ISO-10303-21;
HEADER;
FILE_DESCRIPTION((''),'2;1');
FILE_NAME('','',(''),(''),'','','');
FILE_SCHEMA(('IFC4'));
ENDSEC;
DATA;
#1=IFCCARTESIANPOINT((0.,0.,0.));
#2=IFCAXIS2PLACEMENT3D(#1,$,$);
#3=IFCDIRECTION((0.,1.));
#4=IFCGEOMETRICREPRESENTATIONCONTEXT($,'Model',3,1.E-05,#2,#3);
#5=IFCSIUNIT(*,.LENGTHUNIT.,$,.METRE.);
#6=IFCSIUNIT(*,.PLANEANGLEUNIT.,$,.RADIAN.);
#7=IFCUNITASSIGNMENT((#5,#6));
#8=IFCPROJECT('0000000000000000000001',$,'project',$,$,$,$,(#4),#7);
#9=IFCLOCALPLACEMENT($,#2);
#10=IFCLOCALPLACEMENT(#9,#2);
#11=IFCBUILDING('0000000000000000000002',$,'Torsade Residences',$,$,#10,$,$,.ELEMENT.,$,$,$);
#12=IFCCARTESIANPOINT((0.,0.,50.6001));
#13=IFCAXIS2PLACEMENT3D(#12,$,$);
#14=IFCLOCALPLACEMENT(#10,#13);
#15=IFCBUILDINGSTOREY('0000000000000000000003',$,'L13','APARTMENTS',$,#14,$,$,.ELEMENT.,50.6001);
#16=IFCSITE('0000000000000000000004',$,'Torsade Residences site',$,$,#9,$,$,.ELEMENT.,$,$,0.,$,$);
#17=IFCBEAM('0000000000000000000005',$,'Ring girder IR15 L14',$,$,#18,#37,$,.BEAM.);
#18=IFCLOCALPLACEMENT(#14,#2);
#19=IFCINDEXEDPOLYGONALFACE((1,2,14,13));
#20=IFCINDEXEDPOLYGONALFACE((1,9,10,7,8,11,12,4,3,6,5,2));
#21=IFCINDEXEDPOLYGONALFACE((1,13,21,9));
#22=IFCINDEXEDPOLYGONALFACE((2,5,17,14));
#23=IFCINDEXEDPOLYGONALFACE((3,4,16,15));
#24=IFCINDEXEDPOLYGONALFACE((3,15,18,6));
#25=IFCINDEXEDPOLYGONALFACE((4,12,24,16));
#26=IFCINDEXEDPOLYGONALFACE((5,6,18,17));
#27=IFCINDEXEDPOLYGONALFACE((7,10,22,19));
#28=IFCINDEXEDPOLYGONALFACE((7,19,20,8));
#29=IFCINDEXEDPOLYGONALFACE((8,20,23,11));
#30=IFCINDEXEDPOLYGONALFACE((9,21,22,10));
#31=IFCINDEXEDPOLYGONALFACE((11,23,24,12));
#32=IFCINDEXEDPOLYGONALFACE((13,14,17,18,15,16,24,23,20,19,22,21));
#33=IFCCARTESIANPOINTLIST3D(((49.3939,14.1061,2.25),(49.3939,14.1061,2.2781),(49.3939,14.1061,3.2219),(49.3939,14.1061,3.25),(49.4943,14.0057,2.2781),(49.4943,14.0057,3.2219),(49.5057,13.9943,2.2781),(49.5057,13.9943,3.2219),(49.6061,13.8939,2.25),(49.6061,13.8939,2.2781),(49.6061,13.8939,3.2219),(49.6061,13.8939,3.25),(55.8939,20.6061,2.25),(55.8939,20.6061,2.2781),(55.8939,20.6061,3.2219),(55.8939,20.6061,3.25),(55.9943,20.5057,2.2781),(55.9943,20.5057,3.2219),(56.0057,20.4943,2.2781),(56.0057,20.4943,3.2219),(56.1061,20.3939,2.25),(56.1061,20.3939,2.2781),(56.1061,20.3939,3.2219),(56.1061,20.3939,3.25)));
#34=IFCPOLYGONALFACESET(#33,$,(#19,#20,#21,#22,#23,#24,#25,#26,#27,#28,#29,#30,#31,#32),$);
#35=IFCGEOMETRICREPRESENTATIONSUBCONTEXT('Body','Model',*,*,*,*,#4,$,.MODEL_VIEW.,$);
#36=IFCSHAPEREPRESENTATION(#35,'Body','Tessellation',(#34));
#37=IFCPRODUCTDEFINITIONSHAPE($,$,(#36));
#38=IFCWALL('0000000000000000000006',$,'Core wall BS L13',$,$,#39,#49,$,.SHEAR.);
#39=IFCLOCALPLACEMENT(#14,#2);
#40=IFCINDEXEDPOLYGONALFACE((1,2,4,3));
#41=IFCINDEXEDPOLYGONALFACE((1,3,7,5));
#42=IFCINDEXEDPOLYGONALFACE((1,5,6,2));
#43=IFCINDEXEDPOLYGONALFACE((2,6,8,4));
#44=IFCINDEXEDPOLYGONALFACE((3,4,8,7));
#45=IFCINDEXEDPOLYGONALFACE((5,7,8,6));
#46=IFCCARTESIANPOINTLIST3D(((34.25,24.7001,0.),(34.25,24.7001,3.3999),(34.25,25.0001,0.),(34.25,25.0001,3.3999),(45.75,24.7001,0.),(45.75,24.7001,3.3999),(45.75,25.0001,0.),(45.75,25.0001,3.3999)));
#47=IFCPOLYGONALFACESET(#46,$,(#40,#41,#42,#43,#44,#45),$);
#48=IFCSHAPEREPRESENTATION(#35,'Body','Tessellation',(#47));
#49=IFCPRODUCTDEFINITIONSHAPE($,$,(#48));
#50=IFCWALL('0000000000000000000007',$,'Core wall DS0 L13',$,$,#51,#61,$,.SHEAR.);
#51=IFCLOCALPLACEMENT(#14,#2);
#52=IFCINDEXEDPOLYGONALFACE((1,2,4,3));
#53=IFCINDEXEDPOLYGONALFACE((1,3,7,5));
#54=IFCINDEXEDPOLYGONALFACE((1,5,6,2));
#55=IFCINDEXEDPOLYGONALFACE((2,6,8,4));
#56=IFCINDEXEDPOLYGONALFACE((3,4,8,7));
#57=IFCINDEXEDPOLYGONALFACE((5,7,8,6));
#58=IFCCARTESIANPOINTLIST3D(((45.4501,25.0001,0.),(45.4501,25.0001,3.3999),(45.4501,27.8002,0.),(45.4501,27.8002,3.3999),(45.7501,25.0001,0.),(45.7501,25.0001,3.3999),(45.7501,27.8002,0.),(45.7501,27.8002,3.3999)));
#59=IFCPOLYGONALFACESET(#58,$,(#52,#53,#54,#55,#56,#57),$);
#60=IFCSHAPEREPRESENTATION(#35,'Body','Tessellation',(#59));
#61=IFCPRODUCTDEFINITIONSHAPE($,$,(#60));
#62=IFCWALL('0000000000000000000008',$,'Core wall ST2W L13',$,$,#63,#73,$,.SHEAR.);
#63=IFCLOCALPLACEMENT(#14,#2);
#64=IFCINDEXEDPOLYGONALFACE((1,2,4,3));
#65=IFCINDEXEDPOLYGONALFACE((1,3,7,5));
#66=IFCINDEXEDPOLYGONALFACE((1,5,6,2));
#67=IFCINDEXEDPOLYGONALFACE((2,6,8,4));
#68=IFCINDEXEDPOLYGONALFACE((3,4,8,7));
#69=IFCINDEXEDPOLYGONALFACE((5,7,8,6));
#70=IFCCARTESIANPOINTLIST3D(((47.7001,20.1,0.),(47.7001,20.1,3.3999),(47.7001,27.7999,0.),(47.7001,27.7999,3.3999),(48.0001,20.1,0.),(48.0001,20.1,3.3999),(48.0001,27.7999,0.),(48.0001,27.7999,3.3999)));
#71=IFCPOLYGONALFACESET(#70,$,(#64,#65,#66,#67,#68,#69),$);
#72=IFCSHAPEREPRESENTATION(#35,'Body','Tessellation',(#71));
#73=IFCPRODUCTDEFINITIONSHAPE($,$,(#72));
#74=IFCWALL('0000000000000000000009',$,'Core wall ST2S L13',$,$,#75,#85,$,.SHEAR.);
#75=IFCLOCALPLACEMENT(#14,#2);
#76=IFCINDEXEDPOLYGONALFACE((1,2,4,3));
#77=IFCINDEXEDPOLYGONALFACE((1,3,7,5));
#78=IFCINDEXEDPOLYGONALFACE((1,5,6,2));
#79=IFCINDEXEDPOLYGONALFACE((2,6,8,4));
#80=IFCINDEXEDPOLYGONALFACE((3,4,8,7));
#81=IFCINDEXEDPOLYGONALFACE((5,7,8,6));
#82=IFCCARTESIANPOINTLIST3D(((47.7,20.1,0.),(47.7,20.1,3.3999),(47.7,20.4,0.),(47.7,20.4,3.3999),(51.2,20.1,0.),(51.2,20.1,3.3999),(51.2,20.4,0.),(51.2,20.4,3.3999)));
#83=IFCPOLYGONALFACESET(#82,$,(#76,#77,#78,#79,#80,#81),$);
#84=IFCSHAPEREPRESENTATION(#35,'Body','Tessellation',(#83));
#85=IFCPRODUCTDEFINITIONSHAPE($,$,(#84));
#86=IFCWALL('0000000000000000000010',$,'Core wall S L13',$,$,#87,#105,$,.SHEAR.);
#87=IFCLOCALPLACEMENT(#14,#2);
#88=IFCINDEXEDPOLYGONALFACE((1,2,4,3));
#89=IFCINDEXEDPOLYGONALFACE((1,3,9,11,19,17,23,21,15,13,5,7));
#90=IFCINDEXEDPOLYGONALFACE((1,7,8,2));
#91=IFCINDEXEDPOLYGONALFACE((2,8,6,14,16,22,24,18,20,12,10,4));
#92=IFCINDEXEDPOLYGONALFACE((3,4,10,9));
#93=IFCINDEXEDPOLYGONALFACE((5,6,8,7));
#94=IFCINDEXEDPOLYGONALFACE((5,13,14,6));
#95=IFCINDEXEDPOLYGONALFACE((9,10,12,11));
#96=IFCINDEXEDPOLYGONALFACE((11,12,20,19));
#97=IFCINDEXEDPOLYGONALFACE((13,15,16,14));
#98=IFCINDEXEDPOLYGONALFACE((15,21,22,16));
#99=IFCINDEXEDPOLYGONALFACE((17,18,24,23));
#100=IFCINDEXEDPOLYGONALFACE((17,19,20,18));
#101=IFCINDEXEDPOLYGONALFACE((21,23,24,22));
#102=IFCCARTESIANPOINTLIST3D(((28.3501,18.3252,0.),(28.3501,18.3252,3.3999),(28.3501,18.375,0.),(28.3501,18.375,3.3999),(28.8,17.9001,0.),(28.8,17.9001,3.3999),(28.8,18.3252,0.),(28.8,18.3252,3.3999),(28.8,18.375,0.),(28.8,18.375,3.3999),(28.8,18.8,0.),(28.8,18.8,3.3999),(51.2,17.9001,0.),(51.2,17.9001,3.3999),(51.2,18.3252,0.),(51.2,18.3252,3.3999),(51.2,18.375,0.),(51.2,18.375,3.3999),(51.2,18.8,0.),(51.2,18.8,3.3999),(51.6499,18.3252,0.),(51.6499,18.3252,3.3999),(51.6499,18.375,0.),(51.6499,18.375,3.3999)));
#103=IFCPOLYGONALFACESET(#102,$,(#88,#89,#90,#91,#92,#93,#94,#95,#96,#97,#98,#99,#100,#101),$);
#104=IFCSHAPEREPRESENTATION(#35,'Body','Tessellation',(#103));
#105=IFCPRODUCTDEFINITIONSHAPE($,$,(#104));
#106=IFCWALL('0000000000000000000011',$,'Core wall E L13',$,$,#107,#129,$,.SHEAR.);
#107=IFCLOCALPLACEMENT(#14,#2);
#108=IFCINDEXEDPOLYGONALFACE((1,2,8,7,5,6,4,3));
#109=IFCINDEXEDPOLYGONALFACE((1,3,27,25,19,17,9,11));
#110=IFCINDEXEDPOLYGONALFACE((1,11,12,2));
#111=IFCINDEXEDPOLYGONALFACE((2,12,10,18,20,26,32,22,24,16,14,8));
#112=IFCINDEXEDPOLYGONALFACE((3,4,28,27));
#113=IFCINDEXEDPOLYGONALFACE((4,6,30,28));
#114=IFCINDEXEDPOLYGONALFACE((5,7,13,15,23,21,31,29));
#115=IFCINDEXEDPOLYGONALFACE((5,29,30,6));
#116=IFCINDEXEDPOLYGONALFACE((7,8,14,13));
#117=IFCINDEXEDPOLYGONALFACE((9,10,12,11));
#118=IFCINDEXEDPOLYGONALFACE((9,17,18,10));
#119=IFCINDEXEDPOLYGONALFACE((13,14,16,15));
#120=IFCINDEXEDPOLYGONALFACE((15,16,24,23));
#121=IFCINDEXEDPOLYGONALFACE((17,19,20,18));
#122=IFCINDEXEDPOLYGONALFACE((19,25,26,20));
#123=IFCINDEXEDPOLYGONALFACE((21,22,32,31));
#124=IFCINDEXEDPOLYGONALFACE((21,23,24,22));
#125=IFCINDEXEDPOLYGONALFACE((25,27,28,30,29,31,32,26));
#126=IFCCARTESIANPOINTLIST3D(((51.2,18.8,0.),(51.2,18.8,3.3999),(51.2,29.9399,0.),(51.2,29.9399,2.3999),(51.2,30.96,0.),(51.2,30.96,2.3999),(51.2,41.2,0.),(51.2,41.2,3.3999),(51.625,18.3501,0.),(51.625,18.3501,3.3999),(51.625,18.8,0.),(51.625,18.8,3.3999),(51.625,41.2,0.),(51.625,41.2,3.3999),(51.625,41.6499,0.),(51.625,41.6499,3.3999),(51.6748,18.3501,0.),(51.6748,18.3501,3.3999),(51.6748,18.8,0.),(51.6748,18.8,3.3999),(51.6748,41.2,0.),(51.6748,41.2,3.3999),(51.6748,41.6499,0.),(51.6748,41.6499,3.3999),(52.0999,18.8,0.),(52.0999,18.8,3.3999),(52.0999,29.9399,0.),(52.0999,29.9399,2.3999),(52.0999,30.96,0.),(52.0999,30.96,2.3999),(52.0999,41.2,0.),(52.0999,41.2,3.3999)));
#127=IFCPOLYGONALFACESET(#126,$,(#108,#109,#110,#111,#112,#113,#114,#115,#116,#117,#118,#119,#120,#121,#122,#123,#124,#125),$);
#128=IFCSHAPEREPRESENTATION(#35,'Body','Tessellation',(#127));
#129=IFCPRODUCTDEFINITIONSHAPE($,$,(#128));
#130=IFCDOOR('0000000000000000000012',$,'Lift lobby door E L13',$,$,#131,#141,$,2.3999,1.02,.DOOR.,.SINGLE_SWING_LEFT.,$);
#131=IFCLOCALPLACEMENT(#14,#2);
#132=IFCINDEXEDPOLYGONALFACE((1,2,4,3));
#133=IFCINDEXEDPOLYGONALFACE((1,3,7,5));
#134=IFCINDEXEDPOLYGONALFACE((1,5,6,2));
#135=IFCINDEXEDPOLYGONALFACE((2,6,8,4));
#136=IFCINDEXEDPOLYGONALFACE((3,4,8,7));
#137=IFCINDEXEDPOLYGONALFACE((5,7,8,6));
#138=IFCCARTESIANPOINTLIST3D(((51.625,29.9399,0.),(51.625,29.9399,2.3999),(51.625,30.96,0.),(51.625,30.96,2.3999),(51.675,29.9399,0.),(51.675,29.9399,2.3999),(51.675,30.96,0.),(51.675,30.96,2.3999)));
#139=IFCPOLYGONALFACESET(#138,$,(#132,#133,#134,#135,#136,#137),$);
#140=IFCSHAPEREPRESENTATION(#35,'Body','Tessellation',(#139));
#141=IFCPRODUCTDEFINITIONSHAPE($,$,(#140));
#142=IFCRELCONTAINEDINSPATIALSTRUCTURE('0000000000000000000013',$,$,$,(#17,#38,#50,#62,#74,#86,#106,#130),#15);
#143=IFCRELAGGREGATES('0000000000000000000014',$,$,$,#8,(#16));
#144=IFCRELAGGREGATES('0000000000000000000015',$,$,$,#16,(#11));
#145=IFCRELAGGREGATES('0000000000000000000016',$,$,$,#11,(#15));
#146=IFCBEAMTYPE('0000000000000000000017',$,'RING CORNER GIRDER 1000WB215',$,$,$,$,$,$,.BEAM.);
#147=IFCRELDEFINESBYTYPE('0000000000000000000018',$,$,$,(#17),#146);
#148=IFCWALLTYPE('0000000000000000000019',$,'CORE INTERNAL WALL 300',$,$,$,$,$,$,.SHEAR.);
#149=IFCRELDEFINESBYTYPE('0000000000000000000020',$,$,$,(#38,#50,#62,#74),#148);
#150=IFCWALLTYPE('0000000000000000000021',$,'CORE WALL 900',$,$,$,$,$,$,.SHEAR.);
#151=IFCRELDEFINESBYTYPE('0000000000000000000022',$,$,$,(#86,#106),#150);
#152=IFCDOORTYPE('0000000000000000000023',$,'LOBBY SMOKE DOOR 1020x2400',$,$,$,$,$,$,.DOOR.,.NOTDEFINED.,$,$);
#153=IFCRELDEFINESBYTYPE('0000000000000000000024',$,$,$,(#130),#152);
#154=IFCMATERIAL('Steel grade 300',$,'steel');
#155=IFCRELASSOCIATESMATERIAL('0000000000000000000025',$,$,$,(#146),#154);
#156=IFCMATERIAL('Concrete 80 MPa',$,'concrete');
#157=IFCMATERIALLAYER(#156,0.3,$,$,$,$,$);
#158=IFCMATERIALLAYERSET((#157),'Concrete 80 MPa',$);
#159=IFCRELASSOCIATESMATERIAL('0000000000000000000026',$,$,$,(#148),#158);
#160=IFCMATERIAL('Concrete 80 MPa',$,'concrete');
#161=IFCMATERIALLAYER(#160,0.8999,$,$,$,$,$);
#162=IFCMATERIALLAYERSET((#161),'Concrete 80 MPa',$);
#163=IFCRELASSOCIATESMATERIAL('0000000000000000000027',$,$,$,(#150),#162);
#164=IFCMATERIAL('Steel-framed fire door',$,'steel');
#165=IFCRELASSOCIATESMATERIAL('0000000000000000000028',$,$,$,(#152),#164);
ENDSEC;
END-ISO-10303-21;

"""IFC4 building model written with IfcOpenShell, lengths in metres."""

from ifc_helpers import new_model, si_unit, direction, frame, frame_2d, origin, origin_2d, place, context, subcontext, project, spatial, polyline, rectangle, i_section, outline, extrude, material, layer, layer_set, material_profile, profile_set, type_object, element, fill, save


model = new_model("IFC4")

# Units and contexts
model_context = context("Model", 3, precision=1e-05, world=origin(), true_north=direction((0.0, 1.0)))
body_context = subcontext(model_context, "Body", "Model", "MODEL_VIEW")
ifc_project = project(units=[si_unit("LENGTHUNIT", "METRE"), si_unit("PLANEANGLEUNIT", "RADIAN")], contexts=[model_context])

# Site, building, storey
site_placement = place(None, origin())
site = spatial("IfcSite", under=ifc_project, at=site_placement, Name="Torsade Residences site", CompositionType="ELEMENT", RefElevation=0.0)
building_placement = place(site_placement, origin())
building = spatial("IfcBuilding", under=site, at=building_placement, Name="Torsade Residences", CompositionType="ELEMENT")
storey_placement = place(building_placement, frame((0.0, 0.0, 50.6001)))
storey = spatial("IfcBuildingStorey", under=building, at=storey_placement, Name="L13", Description="APARTMENTS", CompositionType="ELEMENT", Elevation=50.6001)

# Beam
ifc_material_1 = material(Name="Steel grade 300", Category="steel")
ifc_material_profile_1 = material_profile(ifc_material_1, i_section(OverallWidth=0.3, OverallDepth=1.0, WebThickness=0.0161, FlangeThickness=0.0281, at=origin_2d()), Name="1000WB215")
ifc_profile_set_1 = profile_set([ifc_material_profile_1], Name="Steel grade 300")
beam_type_1 = type_object("IfcBeamType", Name="RING CORNER GIRDER 1000WB215", PredefinedType="BEAM", material=ifc_profile_set_1)
beam_1_placement = place(storey_placement, frame((49.5, 14.0, 2.75), z_axis=(0.707107, 0.707107, 0.0), x_axis=(-0.707107, 0.707107, 0.0)))
element("IfcBeam", 1, at=beam_1_placement, inside=storey, type_object=beam_type_1, Name="Ring girder IR15 L14", PredefinedType="BEAM", context=body_context, shape_type="SweptSolid", body=[
    extrude(i_section(OverallWidth=0.3, OverallDepth=1.0, WebThickness=0.0161, FlangeThickness=0.0281, at=origin_2d()), origin(), (0.0, 0.0, 1.0), 9.1924),
])

# Walls
ifc_material_2 = material(Name="Concrete 80 MPa", Category="concrete")
ifc_layer_1 = layer(ifc_material_2, 0.3)
ifc_layer_set_1 = layer_set([ifc_layer_1], Name="Concrete 80 MPa")
wall_type_1 = type_object("IfcWallType", Name="CORE INTERNAL WALL 300", PredefinedType="SHEAR", material=ifc_layer_set_1)
wall_1_placement = place(storey_placement, frame((45.75, 24.8501, 0.0), z_axis=(0.0, 0.0, 1.0), x_axis=(-1.0, 0.0, 0.0)))
element("IfcWall", 2, at=wall_1_placement, inside=storey, type_object=wall_type_1, Name="Core wall BS L13", PredefinedType="SHEAR", context=body_context, shape_type="SweptSolid", body=[
    extrude(rectangle(XDim=11.5, YDim=0.3, at=frame_2d((5.75, 0.0))), origin(), (0.0, 0.0, 1.0), 3.3999),
])
wall_2_placement = place(storey_placement, frame((45.6001, 27.8, 0.0), z_axis=(0.0, 0.0, 1.0), x_axis=(0.0, -1.0, 0.0)))
element("IfcWall", 3, at=wall_2_placement, inside=storey, type_object=wall_type_1, Name="Core wall DS0 L13", PredefinedType="SHEAR", context=body_context, shape_type="SweptSolid", body=[
    extrude(rectangle(XDim=2.8, YDim=0.3, at=frame_2d((1.3999, 0.0))), origin(), (0.0, 0.0, 1.0), 3.3999),
])
wall_3_placement = place(storey_placement, frame((47.8501, 27.8, 0.0), z_axis=(0.0, 0.0, 1.0), x_axis=(0.0, -1.0, 0.0)))
element("IfcWall", 4, at=wall_3_placement, inside=storey, type_object=wall_type_1, Name="Core wall ST2W L13", PredefinedType="SHEAR", context=body_context, shape_type="SweptSolid", body=[
    extrude(rectangle(XDim=7.7, YDim=0.3, at=frame_2d((3.8501, 0.0))), origin(), (0.0, 0.0, 1.0), 3.3999),
])
wall_4_placement = place(storey_placement, frame((51.2, 20.25, 0.0), z_axis=(0.0, 0.0, 1.0), x_axis=(-1.0, 0.0, 0.0)))
element("IfcWall", 5, at=wall_4_placement, inside=storey, type_object=wall_type_1, Name="Core wall ST2S L13", PredefinedType="SHEAR", context=body_context, shape_type="SweptSolid", body=[
    extrude(rectangle(XDim=3.5, YDim=0.3, at=frame_2d((1.75, 0.0))), origin(), (0.0, 0.0, 1.0), 3.3999),
])
ifc_material_3 = material(Name="Concrete 80 MPa", Category="concrete")
ifc_layer_2 = layer(ifc_material_3, 0.8999)
ifc_layer_set_2 = layer_set([ifc_layer_2], Name="Concrete 80 MPa")
wall_type_2 = type_object("IfcWallType", Name="CORE WALL 900", PredefinedType="SHEAR", material=ifc_layer_set_2)
wall_5_placement = place(storey_placement, frame((51.2, 18.3501, 0.0), z_axis=(0.0, 0.0, 1.0), x_axis=(-1.0, 0.0, 0.0)))
element("IfcWall", 6, at=wall_5_placement, inside=storey, type_object=wall_type_2, Name="Core wall S L13", PredefinedType="SHEAR", context=body_context, shape_type="SweptSolid", body=[
    extrude(outline(polyline([(0.0, -0.45), (22.3999, -0.45), (22.3999, -0.0249), (22.8499, -0.0249), (22.8499, 0.0249), (22.3999, 0.0249), (22.3999, 0.45), (0.0, 0.45), (0.0, 0.0249), (-0.45, 0.0249), (-0.45, -0.0249), (0.0, -0.0249), (0.0, -0.45)])), origin(), (0.0, 0.0, 1.0), 3.3999),
])

# Wall, opening, door
wall_6_placement = place(storey_placement, frame((51.6499, 18.8, 0.0), z_axis=(0.0, 0.0, 1.0), x_axis=(0.0, 1.0, 0.0)))
wall_6 = element("IfcWall", 7, at=wall_6_placement, inside=storey, type_object=wall_type_2, Name="Core wall E L13", PredefinedType="SHEAR", context=body_context, shape_type="SweptSolid", body=[
    extrude(outline(polyline([(0.0, -0.45), (22.3999, -0.45), (22.3999, -0.0249), (22.8499, -0.0249), (22.8499, 0.0249), (22.3999, 0.0249), (22.3999, 0.45), (0.0, 0.45), (0.0, 0.0249), (-0.45, 0.0249), (-0.45, -0.0249), (0.0, -0.0249), (0.0, -0.45)])), origin(), (0.0, 0.0, 1.0), 3.3999),
])
opening_1_placement = place(wall_6_placement, frame((11.1399, 0.0, 0.0)))
opening_1 = element("IfcOpeningElement", 8, at=opening_1_placement, cuts=wall_6, PredefinedType="OPENING", context=body_context, shape_type="SweptSolid", body=[
    extrude(rectangle(XDim=1.02, YDim=2.3999, at=frame_2d((0.51, 1.2))), frame((0.0, 0.46, 0.0), z_axis=(0.0, -1.0, 0.0), x_axis=(1.0, 0.0, 0.0)), (0.0, 0.0, 1.0), 0.9199),
])
ifc_material_4 = material(Name="Steel-framed fire door", Category="steel")
door_type_1 = type_object("IfcDoorType", Name="LOBBY SMOKE DOOR 1020x2400", OperationType="NOTDEFINED", PredefinedType="DOOR", material=ifc_material_4)
door_1_placement = place(opening_1_placement, origin())
door_1 = element("IfcDoor", 9, at=door_1_placement, inside=storey, type_object=door_type_1, Name="Lift lobby door E L13", OperationType="SINGLE_SWING_LEFT", OverallHeight=2.3999, OverallWidth=1.02, PredefinedType="DOOR", context=body_context, shape_type="SweptSolid", body=[
    extrude(rectangle(XDim=1.02, YDim=2.3999, at=frame_2d((0.51, 1.2))), frame((0.0, 0.0249, 0.0), z_axis=(0.0, -1.0, 0.0), x_axis=(1.0, 0.0, 0.0)), (0.0, 0.0, 1.0), 0.05),
])
fill(opening_1, door_1)

save(model, "model.ifc")
